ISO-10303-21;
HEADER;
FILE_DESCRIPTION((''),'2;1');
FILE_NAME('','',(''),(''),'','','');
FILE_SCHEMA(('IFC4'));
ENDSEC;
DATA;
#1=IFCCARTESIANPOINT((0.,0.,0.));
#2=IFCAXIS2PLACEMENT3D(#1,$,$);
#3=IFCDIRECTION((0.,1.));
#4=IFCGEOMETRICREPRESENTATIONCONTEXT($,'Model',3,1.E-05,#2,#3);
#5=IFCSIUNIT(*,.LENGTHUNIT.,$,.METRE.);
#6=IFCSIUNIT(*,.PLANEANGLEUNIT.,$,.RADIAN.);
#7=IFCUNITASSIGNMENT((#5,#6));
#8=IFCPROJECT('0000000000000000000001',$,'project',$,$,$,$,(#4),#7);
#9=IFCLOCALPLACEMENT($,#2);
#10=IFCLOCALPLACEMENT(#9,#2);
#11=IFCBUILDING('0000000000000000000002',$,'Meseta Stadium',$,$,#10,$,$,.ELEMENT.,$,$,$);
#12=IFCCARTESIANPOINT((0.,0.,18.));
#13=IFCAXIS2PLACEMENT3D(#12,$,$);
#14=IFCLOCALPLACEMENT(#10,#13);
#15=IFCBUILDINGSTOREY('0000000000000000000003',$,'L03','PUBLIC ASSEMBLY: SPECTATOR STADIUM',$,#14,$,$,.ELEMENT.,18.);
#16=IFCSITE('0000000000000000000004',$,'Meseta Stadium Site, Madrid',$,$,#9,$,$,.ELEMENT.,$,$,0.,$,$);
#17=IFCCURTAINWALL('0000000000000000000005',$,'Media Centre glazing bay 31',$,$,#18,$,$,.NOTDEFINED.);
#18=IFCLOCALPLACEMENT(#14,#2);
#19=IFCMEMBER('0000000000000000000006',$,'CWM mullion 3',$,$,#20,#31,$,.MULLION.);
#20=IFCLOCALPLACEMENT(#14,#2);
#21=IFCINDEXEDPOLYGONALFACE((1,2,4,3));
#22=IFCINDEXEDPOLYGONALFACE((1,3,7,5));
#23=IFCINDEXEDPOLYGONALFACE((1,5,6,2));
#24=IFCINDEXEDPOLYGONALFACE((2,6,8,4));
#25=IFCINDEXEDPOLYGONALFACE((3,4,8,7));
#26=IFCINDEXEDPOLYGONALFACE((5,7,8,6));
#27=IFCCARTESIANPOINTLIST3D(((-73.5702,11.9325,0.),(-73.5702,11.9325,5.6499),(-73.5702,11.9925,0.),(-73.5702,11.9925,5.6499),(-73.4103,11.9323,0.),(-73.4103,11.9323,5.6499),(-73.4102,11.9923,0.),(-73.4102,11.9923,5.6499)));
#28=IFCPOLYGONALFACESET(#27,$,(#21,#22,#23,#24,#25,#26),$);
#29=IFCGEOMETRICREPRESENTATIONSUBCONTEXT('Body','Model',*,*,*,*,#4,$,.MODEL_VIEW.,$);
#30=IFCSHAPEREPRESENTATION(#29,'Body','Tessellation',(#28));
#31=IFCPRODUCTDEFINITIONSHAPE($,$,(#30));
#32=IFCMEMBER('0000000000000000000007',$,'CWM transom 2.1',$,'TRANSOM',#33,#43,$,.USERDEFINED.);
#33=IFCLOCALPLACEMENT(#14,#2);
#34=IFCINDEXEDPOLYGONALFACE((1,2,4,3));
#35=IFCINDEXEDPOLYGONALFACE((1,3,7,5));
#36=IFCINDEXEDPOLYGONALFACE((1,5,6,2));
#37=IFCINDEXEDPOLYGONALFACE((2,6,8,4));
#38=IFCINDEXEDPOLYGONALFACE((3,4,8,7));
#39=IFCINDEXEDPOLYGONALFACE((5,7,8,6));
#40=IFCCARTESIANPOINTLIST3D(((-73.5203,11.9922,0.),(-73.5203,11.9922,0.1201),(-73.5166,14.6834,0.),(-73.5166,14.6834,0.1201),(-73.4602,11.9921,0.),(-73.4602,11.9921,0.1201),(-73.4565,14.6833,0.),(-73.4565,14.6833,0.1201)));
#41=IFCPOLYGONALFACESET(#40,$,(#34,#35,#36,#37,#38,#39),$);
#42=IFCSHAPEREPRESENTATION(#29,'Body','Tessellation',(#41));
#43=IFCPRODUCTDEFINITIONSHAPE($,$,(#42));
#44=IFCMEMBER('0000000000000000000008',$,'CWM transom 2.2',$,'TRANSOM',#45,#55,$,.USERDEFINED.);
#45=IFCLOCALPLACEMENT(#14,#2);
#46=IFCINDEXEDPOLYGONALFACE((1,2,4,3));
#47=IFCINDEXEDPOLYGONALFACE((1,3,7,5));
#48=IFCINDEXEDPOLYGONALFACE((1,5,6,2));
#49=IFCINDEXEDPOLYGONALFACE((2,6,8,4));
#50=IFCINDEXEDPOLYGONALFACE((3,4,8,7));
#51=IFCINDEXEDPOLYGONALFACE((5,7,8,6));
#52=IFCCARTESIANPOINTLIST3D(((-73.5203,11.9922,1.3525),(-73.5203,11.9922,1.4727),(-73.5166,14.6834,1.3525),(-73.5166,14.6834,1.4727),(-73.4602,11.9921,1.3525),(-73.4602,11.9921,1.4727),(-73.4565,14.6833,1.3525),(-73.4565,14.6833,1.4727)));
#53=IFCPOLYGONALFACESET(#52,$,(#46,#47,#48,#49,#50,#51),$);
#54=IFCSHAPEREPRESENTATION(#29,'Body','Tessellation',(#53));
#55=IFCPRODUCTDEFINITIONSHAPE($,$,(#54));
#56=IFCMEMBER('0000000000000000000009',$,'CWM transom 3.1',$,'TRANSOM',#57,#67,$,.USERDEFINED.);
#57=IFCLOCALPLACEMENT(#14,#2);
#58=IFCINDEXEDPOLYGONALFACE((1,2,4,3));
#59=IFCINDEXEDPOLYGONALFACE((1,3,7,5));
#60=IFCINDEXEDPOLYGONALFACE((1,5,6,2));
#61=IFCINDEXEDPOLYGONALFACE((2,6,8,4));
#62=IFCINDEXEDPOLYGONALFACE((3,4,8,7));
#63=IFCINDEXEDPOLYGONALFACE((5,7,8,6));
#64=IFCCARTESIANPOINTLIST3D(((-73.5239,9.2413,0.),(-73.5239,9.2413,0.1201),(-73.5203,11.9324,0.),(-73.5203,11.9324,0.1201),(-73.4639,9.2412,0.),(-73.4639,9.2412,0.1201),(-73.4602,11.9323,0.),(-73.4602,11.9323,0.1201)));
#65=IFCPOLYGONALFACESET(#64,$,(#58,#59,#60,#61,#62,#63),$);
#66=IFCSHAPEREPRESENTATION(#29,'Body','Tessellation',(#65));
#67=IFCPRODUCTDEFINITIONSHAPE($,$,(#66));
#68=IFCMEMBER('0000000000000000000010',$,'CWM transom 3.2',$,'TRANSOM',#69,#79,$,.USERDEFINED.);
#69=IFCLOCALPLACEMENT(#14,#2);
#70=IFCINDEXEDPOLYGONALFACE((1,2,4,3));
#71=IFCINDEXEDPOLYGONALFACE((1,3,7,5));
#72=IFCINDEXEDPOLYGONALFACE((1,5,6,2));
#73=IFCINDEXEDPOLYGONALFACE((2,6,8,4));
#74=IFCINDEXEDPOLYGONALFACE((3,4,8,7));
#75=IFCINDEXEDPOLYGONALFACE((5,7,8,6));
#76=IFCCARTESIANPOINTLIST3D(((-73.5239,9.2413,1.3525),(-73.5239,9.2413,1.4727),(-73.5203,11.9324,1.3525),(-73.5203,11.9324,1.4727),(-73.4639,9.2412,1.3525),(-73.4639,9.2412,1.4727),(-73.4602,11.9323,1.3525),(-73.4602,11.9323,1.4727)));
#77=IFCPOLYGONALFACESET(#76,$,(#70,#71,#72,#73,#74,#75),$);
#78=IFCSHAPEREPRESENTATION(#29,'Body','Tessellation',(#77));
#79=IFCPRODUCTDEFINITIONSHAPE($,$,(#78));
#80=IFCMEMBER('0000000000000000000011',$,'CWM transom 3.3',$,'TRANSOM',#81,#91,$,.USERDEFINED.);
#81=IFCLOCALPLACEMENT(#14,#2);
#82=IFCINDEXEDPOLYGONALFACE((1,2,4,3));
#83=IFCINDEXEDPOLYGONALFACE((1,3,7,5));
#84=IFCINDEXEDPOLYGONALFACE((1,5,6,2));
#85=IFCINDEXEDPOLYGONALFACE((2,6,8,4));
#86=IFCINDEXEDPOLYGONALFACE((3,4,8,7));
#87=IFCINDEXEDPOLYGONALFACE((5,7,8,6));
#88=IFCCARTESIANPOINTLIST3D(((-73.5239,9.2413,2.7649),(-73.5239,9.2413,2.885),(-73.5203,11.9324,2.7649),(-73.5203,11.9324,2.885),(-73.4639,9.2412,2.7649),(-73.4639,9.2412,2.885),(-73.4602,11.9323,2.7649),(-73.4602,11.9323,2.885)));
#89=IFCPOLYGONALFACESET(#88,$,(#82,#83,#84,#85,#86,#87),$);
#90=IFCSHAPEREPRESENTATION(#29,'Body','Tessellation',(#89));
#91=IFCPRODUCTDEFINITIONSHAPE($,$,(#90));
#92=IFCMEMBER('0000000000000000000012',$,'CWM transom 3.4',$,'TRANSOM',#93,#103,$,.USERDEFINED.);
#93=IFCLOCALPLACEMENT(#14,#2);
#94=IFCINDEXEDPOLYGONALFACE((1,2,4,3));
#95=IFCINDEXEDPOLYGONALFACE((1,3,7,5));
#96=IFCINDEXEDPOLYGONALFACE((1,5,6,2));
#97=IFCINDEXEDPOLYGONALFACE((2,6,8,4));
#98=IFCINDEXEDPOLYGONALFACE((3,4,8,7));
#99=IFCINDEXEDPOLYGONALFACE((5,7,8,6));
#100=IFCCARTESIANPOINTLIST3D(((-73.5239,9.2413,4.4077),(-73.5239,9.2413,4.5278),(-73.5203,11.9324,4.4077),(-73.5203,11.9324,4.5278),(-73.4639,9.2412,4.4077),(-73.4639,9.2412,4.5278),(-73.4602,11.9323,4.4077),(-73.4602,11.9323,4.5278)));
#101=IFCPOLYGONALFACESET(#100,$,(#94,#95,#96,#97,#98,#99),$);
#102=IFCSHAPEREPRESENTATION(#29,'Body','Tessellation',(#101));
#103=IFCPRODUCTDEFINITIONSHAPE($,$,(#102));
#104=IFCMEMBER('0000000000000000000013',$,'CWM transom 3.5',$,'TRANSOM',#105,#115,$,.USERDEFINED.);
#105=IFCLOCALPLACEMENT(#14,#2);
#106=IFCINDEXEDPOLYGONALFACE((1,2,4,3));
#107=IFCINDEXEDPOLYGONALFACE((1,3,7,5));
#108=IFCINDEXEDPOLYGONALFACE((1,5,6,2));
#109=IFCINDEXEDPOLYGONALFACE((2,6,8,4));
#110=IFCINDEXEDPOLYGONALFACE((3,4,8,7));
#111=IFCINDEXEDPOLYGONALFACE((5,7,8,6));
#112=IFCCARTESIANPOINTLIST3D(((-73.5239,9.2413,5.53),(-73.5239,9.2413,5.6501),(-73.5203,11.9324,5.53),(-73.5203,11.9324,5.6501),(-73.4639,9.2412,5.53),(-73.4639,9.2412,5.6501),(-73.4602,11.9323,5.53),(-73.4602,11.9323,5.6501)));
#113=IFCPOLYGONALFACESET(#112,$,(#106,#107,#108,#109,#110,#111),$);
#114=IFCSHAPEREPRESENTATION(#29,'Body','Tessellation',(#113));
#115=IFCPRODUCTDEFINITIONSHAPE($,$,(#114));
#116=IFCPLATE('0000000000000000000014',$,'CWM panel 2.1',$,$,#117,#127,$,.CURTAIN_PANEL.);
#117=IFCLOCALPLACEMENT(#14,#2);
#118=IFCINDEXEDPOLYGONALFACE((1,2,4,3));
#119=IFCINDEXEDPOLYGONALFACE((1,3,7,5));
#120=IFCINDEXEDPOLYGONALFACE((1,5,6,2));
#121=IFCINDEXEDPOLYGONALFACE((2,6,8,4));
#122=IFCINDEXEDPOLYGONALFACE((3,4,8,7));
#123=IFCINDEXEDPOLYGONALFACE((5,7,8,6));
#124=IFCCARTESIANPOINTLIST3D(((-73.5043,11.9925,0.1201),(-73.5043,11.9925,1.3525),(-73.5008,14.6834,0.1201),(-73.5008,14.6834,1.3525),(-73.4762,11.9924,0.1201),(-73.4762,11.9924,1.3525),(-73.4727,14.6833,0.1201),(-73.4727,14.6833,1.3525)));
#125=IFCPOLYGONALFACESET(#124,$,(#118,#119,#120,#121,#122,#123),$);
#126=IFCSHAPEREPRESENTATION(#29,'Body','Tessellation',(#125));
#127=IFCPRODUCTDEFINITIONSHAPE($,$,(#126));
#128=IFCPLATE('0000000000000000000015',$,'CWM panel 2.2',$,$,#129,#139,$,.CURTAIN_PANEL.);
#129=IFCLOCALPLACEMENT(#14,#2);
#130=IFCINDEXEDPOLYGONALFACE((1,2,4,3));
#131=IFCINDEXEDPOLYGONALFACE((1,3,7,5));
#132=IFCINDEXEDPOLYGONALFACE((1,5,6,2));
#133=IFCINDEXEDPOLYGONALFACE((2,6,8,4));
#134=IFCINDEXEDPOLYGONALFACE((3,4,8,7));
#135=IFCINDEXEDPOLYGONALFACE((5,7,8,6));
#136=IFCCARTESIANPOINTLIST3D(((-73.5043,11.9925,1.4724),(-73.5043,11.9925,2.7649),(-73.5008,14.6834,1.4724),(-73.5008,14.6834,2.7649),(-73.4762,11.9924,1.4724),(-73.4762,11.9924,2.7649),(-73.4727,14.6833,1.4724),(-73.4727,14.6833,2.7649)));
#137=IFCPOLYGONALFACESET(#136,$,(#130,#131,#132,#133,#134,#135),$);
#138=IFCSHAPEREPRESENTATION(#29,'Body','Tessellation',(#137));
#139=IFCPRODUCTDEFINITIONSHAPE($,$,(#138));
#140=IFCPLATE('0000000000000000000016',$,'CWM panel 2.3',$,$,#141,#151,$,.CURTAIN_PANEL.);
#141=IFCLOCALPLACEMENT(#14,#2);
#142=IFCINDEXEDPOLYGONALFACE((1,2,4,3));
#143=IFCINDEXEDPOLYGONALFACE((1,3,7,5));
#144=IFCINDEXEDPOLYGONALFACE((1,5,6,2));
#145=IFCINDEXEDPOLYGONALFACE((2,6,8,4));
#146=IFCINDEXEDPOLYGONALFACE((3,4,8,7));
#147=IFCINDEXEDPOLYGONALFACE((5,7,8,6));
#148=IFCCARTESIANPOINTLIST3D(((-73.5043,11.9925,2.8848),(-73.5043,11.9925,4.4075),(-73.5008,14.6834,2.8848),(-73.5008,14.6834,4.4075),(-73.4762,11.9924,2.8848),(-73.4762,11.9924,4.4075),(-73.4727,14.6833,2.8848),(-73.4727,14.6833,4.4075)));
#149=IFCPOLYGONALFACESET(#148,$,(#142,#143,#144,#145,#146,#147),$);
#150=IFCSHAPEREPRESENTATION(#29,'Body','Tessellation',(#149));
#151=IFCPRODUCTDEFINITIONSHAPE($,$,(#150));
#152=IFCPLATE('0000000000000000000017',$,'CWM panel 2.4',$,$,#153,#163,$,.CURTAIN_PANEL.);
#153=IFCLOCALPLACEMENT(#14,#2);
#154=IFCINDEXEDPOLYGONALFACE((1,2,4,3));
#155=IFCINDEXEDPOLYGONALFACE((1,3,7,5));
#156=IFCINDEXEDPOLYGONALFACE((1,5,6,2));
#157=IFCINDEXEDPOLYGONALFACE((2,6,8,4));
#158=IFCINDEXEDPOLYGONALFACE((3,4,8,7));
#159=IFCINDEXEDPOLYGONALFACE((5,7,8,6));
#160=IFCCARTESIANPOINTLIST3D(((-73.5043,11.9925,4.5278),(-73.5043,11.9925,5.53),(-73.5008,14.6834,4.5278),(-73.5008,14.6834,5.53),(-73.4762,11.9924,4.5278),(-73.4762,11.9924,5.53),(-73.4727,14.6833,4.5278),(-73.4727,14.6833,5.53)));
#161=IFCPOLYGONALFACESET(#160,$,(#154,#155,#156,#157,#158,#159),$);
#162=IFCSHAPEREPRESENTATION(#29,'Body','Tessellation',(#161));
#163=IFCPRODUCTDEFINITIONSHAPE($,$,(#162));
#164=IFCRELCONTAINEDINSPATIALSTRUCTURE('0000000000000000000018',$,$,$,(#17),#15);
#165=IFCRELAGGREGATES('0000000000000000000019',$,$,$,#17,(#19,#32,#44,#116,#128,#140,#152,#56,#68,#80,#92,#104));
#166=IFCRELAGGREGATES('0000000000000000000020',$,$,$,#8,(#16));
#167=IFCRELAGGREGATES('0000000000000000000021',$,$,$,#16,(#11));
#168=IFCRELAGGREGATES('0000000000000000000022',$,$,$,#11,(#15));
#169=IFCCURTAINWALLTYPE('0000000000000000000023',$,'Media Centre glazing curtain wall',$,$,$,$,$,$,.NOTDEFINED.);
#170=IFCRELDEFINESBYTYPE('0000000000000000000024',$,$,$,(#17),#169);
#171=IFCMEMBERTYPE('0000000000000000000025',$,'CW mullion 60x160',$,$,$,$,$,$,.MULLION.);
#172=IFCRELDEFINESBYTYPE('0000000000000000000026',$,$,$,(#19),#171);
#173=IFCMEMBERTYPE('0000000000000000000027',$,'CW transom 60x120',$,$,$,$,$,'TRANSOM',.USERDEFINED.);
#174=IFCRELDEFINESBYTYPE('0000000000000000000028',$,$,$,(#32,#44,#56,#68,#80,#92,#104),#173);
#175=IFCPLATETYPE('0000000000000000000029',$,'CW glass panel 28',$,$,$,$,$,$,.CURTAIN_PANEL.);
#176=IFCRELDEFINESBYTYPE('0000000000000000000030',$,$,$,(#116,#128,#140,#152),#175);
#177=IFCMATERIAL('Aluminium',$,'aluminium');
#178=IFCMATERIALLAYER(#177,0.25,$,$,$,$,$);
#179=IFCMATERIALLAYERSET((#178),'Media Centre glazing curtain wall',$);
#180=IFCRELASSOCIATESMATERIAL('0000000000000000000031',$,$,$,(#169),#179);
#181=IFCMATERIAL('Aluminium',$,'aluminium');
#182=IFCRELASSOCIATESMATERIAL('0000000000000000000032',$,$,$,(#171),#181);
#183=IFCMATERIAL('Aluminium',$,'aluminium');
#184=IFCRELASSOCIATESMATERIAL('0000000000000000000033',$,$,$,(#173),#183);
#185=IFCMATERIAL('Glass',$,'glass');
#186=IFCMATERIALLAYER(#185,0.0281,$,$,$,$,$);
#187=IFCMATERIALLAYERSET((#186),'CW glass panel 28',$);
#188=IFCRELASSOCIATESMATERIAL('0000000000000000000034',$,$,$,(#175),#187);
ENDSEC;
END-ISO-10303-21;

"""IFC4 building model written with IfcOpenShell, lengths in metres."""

from ifc_helpers import new_model, si_unit, direction, frame, origin, origin_2d, place, context, subcontext, project, spatial, rectangle, extrude, material, layer, layer_set, material_profile, profile_set, type_object, element, aggregate, save


model = new_model("IFC4")

# Units and contexts
model_context = context("Model", 3, precision=1e-05, world=origin(), true_north=direction((0.0, 1.0)))
body_context = subcontext(model_context, "Body", "Model", "MODEL_VIEW")
ifc_project = project(units=[si_unit("LENGTHUNIT", "METRE"), si_unit("PLANEANGLEUNIT", "RADIAN")], contexts=[model_context])

# Site, building, storey
site_placement = place(None, origin())
site = spatial("IfcSite", under=ifc_project, at=site_placement, Name="Meseta Stadium Site, Madrid", CompositionType="ELEMENT", RefElevation=0.0)
building_placement = place(site_placement, origin())
building = spatial("IfcBuilding", under=site, at=building_placement, Name="Meseta Stadium", CompositionType="ELEMENT")
storey_placement = place(building_placement, frame((0.0, 0.0, 18.0)))
storey = spatial("IfcBuildingStorey", under=building, at=storey_placement, Name="L03", Description="PUBLIC ASSEMBLY: SPECTATOR STADIUM", CompositionType="ELEMENT", Elevation=18.0)

# Curtain wall, members, plates
ifc_material_1 = material(Name="Aluminium", Category="aluminium")
ifc_layer_1 = layer(ifc_material_1, 0.25)
ifc_layer_set_1 = layer_set([ifc_layer_1], Name="Media Centre glazing curtain wall")
curtain_wall_type = type_object("IfcCurtainWallType", Name="Media Centre glazing curtain wall", PredefinedType="NOTDEFINED", material=ifc_layer_set_1)
curtain_wall_placement = place(storey_placement, origin())
curtain_wall = element("IfcCurtainWall", 1, at=curtain_wall_placement, inside=storey, type_object=curtain_wall_type, Name="Media Centre glazing bay 31", PredefinedType="NOTDEFINED")
ifc_material_2 = material(Name="Aluminium", Category="aluminium")
ifc_material_profile_1 = material_profile(ifc_material_2, rectangle(XDim=0.1599, YDim=0.0601, at=origin_2d()), Name="CW 160x60")
ifc_profile_set_1 = profile_set([ifc_material_profile_1], Name="Aluminium")
member_type_1 = type_object("IfcMemberType", Name="CW mullion 60x160", PredefinedType="MULLION", material=ifc_profile_set_1)
member_1_placement = place(storey_placement, frame((-73.4902, 11.9624, 0.0), z_axis=(0.0, 0.0, 1.0), x_axis=(0.999999, -0.001305, 0.0)))
member_1 = element("IfcMember", 2, at=member_1_placement, type_object=member_type_1, Name="CWM mullion 3", PredefinedType="MULLION", context=body_context, shape_type="SweptSolid", body=[
    extrude(rectangle(XDim=0.1599, YDim=0.0601, at=origin_2d()), origin(), (0.0, 0.0, 1.0), 5.6499),
])
ifc_material_3 = material(Name="Aluminium", Category="aluminium")
ifc_material_profile_2 = material_profile(ifc_material_3, rectangle(XDim=0.0601, YDim=0.1201, at=origin_2d()), Name="CW 60x120")
ifc_profile_set_2 = profile_set([ifc_material_profile_2], Name="Aluminium")
member_type_2 = type_object("IfcMemberType", Name="CW transom 60x120", ElementType="TRANSOM", PredefinedType="USERDEFINED", material=ifc_profile_set_2)
member_2_placement = place(storey_placement, frame((-73.4866, 14.6833, 0.0601), z_axis=(-0.001361, -0.999999, 0.0), x_axis=(0.999999, -0.001361, 0.0)))
member_2 = element("IfcMember", 3, at=member_2_placement, type_object=member_type_2, Name="CWM transom 2.1", ObjectType="TRANSOM", PredefinedType="USERDEFINED", context=body_context, shape_type="SweptSolid", body=[
    extrude(rectangle(XDim=0.0601, YDim=0.1201, at=origin_2d()), origin(), (0.0, 0.0, 1.0), 2.6912),
])
member_3_placement = place(storey_placement, frame((-73.4866, 14.6833, 1.4126), z_axis=(-0.001361, -0.999999, 0.0), x_axis=(0.999999, -0.001361, 0.0)))
member_3 = element("IfcMember", 4, at=member_3_placement, type_object=member_type_2, Name="CWM transom 2.2", ObjectType="TRANSOM", PredefinedType="USERDEFINED", context=body_context, shape_type="SweptSolid", body=[
    extrude(rectangle(XDim=0.0601, YDim=0.1201, at=origin_2d()), origin(), (0.0, 0.0, 1.0), 2.6912),
])
member_4_placement = place(storey_placement, frame((-73.4902, 11.9324, 0.0601), z_axis=(-0.001361, -0.999999, 0.0), x_axis=(0.999999, -0.001361, 0.0)))
member_4 = element("IfcMember", 5, at=member_4_placement, type_object=member_type_2, Name="CWM transom 3.1", ObjectType="TRANSOM", PredefinedType="USERDEFINED", context=body_context, shape_type="SweptSolid", body=[
    extrude(rectangle(XDim=0.0601, YDim=0.1201, at=origin_2d()), origin(), (0.0, 0.0, 1.0), 2.6912),
])
member_5_placement = place(storey_placement, frame((-73.4902, 11.9324, 1.4126), z_axis=(-0.001361, -0.999999, 0.0), x_axis=(0.999999, -0.001361, 0.0)))
member_5 = element("IfcMember", 6, at=member_5_placement, type_object=member_type_2, Name="CWM transom 3.2", ObjectType="TRANSOM", PredefinedType="USERDEFINED", context=body_context, shape_type="SweptSolid", body=[
    extrude(rectangle(XDim=0.0601, YDim=0.1201, at=origin_2d()), origin(), (0.0, 0.0, 1.0), 2.6912),
])
member_6_placement = place(storey_placement, frame((-73.4902, 11.9324, 2.825), z_axis=(-0.001361, -0.999999, 0.0), x_axis=(0.999999, -0.001361, 0.0)))
member_6 = element("IfcMember", 7, at=member_6_placement, type_object=member_type_2, Name="CWM transom 3.3", ObjectType="TRANSOM", PredefinedType="USERDEFINED", context=body_context, shape_type="SweptSolid", body=[
    extrude(rectangle(XDim=0.0601, YDim=0.1201, at=origin_2d()), origin(), (0.0, 0.0, 1.0), 2.6912),
])
member_7_placement = place(storey_placement, frame((-73.4902, 11.9324, 4.4678), z_axis=(-0.001361, -0.999999, 0.0), x_axis=(0.999999, -0.001361, 0.0)))
member_7 = element("IfcMember", 8, at=member_7_placement, type_object=member_type_2, Name="CWM transom 3.4", ObjectType="TRANSOM", PredefinedType="USERDEFINED", context=body_context, shape_type="SweptSolid", body=[
    extrude(rectangle(XDim=0.0601, YDim=0.1201, at=origin_2d()), origin(), (0.0, 0.0, 1.0), 2.6912),
])
member_8_placement = place(storey_placement, frame((-73.4902, 11.9324, 5.5901), z_axis=(-0.001361, -0.999999, 0.0), x_axis=(0.999999, -0.001361, 0.0)))
member_8 = element("IfcMember", 9, at=member_8_placement, type_object=member_type_2, Name="CWM transom 3.5", ObjectType="TRANSOM", PredefinedType="USERDEFINED", context=body_context, shape_type="SweptSolid", body=[
    extrude(rectangle(XDim=0.0601, YDim=0.1201, at=origin_2d()), origin(), (0.0, 0.0, 1.0), 2.6912),
])
ifc_material_4 = material(Name="Glass", Category="glass")
ifc_layer_2 = layer(ifc_material_4, 0.0281)
ifc_layer_set_2 = layer_set([ifc_layer_2], Name="CW glass panel 28")
plate_type = type_object("IfcPlateType", Name="CW glass panel 28", PredefinedType="CURTAIN_PANEL", material=ifc_layer_set_2)
plate_1_placement = place(storey_placement, frame((-73.4885, 13.3379, 0.1201), z_axis=(0.0, 0.0, 1.0), x_axis=(-0.001305, -0.999999, 0.0)))
plate_1 = element("IfcPlate", 10, at=plate_1_placement, type_object=plate_type, Name="CWM panel 2.1", PredefinedType="CURTAIN_PANEL", context=body_context, shape_type="SweptSolid", body=[
    extrude(rectangle(XDim=2.6909, YDim=0.0281, at=origin_2d()), origin(), (0.0, 0.0, 1.0), 1.2324),
])
plate_2_placement = place(storey_placement, frame((-73.4885, 13.3379, 1.4724), z_axis=(0.0, 0.0, 1.0), x_axis=(-0.001305, -0.999999, 0.0)))
plate_2 = element("IfcPlate", 11, at=plate_2_placement, type_object=plate_type, Name="CWM panel 2.2", PredefinedType="CURTAIN_PANEL", context=body_context, shape_type="SweptSolid", body=[
    extrude(rectangle(XDim=2.6909, YDim=0.0281, at=origin_2d()), origin(), (0.0, 0.0, 1.0), 1.2925),
])
plate_3_placement = place(storey_placement, frame((-73.4885, 13.3379, 2.8848), z_axis=(0.0, 0.0, 1.0), x_axis=(-0.001305, -0.999999, 0.0)))
plate_3 = element("IfcPlate", 12, at=plate_3_placement, type_object=plate_type, Name="CWM panel 2.3", PredefinedType="CURTAIN_PANEL", context=body_context, shape_type="SweptSolid", body=[
    extrude(rectangle(XDim=2.6909, YDim=0.0281, at=origin_2d()), origin(), (0.0, 0.0, 1.0), 1.5227),
])
plate_4_placement = place(storey_placement, frame((-73.4885, 13.3379, 4.5278), z_axis=(0.0, 0.0, 1.0), x_axis=(-0.001305, -0.999999, 0.0)))
plate_4 = element("IfcPlate", 13, at=plate_4_placement, type_object=plate_type, Name="CWM panel 2.4", PredefinedType="CURTAIN_PANEL", context=body_context, shape_type="SweptSolid", body=[
    extrude(rectangle(XDim=2.6909, YDim=0.0281, at=origin_2d()), origin(), (0.0, 0.0, 1.0), 1.0022),
])
aggregate(curtain_wall, [member_1, member_2, member_3, plate_1, plate_2, plate_3, plate_4, member_4, member_5, member_6, member_7, member_8])

save(model, "model.ifc")
